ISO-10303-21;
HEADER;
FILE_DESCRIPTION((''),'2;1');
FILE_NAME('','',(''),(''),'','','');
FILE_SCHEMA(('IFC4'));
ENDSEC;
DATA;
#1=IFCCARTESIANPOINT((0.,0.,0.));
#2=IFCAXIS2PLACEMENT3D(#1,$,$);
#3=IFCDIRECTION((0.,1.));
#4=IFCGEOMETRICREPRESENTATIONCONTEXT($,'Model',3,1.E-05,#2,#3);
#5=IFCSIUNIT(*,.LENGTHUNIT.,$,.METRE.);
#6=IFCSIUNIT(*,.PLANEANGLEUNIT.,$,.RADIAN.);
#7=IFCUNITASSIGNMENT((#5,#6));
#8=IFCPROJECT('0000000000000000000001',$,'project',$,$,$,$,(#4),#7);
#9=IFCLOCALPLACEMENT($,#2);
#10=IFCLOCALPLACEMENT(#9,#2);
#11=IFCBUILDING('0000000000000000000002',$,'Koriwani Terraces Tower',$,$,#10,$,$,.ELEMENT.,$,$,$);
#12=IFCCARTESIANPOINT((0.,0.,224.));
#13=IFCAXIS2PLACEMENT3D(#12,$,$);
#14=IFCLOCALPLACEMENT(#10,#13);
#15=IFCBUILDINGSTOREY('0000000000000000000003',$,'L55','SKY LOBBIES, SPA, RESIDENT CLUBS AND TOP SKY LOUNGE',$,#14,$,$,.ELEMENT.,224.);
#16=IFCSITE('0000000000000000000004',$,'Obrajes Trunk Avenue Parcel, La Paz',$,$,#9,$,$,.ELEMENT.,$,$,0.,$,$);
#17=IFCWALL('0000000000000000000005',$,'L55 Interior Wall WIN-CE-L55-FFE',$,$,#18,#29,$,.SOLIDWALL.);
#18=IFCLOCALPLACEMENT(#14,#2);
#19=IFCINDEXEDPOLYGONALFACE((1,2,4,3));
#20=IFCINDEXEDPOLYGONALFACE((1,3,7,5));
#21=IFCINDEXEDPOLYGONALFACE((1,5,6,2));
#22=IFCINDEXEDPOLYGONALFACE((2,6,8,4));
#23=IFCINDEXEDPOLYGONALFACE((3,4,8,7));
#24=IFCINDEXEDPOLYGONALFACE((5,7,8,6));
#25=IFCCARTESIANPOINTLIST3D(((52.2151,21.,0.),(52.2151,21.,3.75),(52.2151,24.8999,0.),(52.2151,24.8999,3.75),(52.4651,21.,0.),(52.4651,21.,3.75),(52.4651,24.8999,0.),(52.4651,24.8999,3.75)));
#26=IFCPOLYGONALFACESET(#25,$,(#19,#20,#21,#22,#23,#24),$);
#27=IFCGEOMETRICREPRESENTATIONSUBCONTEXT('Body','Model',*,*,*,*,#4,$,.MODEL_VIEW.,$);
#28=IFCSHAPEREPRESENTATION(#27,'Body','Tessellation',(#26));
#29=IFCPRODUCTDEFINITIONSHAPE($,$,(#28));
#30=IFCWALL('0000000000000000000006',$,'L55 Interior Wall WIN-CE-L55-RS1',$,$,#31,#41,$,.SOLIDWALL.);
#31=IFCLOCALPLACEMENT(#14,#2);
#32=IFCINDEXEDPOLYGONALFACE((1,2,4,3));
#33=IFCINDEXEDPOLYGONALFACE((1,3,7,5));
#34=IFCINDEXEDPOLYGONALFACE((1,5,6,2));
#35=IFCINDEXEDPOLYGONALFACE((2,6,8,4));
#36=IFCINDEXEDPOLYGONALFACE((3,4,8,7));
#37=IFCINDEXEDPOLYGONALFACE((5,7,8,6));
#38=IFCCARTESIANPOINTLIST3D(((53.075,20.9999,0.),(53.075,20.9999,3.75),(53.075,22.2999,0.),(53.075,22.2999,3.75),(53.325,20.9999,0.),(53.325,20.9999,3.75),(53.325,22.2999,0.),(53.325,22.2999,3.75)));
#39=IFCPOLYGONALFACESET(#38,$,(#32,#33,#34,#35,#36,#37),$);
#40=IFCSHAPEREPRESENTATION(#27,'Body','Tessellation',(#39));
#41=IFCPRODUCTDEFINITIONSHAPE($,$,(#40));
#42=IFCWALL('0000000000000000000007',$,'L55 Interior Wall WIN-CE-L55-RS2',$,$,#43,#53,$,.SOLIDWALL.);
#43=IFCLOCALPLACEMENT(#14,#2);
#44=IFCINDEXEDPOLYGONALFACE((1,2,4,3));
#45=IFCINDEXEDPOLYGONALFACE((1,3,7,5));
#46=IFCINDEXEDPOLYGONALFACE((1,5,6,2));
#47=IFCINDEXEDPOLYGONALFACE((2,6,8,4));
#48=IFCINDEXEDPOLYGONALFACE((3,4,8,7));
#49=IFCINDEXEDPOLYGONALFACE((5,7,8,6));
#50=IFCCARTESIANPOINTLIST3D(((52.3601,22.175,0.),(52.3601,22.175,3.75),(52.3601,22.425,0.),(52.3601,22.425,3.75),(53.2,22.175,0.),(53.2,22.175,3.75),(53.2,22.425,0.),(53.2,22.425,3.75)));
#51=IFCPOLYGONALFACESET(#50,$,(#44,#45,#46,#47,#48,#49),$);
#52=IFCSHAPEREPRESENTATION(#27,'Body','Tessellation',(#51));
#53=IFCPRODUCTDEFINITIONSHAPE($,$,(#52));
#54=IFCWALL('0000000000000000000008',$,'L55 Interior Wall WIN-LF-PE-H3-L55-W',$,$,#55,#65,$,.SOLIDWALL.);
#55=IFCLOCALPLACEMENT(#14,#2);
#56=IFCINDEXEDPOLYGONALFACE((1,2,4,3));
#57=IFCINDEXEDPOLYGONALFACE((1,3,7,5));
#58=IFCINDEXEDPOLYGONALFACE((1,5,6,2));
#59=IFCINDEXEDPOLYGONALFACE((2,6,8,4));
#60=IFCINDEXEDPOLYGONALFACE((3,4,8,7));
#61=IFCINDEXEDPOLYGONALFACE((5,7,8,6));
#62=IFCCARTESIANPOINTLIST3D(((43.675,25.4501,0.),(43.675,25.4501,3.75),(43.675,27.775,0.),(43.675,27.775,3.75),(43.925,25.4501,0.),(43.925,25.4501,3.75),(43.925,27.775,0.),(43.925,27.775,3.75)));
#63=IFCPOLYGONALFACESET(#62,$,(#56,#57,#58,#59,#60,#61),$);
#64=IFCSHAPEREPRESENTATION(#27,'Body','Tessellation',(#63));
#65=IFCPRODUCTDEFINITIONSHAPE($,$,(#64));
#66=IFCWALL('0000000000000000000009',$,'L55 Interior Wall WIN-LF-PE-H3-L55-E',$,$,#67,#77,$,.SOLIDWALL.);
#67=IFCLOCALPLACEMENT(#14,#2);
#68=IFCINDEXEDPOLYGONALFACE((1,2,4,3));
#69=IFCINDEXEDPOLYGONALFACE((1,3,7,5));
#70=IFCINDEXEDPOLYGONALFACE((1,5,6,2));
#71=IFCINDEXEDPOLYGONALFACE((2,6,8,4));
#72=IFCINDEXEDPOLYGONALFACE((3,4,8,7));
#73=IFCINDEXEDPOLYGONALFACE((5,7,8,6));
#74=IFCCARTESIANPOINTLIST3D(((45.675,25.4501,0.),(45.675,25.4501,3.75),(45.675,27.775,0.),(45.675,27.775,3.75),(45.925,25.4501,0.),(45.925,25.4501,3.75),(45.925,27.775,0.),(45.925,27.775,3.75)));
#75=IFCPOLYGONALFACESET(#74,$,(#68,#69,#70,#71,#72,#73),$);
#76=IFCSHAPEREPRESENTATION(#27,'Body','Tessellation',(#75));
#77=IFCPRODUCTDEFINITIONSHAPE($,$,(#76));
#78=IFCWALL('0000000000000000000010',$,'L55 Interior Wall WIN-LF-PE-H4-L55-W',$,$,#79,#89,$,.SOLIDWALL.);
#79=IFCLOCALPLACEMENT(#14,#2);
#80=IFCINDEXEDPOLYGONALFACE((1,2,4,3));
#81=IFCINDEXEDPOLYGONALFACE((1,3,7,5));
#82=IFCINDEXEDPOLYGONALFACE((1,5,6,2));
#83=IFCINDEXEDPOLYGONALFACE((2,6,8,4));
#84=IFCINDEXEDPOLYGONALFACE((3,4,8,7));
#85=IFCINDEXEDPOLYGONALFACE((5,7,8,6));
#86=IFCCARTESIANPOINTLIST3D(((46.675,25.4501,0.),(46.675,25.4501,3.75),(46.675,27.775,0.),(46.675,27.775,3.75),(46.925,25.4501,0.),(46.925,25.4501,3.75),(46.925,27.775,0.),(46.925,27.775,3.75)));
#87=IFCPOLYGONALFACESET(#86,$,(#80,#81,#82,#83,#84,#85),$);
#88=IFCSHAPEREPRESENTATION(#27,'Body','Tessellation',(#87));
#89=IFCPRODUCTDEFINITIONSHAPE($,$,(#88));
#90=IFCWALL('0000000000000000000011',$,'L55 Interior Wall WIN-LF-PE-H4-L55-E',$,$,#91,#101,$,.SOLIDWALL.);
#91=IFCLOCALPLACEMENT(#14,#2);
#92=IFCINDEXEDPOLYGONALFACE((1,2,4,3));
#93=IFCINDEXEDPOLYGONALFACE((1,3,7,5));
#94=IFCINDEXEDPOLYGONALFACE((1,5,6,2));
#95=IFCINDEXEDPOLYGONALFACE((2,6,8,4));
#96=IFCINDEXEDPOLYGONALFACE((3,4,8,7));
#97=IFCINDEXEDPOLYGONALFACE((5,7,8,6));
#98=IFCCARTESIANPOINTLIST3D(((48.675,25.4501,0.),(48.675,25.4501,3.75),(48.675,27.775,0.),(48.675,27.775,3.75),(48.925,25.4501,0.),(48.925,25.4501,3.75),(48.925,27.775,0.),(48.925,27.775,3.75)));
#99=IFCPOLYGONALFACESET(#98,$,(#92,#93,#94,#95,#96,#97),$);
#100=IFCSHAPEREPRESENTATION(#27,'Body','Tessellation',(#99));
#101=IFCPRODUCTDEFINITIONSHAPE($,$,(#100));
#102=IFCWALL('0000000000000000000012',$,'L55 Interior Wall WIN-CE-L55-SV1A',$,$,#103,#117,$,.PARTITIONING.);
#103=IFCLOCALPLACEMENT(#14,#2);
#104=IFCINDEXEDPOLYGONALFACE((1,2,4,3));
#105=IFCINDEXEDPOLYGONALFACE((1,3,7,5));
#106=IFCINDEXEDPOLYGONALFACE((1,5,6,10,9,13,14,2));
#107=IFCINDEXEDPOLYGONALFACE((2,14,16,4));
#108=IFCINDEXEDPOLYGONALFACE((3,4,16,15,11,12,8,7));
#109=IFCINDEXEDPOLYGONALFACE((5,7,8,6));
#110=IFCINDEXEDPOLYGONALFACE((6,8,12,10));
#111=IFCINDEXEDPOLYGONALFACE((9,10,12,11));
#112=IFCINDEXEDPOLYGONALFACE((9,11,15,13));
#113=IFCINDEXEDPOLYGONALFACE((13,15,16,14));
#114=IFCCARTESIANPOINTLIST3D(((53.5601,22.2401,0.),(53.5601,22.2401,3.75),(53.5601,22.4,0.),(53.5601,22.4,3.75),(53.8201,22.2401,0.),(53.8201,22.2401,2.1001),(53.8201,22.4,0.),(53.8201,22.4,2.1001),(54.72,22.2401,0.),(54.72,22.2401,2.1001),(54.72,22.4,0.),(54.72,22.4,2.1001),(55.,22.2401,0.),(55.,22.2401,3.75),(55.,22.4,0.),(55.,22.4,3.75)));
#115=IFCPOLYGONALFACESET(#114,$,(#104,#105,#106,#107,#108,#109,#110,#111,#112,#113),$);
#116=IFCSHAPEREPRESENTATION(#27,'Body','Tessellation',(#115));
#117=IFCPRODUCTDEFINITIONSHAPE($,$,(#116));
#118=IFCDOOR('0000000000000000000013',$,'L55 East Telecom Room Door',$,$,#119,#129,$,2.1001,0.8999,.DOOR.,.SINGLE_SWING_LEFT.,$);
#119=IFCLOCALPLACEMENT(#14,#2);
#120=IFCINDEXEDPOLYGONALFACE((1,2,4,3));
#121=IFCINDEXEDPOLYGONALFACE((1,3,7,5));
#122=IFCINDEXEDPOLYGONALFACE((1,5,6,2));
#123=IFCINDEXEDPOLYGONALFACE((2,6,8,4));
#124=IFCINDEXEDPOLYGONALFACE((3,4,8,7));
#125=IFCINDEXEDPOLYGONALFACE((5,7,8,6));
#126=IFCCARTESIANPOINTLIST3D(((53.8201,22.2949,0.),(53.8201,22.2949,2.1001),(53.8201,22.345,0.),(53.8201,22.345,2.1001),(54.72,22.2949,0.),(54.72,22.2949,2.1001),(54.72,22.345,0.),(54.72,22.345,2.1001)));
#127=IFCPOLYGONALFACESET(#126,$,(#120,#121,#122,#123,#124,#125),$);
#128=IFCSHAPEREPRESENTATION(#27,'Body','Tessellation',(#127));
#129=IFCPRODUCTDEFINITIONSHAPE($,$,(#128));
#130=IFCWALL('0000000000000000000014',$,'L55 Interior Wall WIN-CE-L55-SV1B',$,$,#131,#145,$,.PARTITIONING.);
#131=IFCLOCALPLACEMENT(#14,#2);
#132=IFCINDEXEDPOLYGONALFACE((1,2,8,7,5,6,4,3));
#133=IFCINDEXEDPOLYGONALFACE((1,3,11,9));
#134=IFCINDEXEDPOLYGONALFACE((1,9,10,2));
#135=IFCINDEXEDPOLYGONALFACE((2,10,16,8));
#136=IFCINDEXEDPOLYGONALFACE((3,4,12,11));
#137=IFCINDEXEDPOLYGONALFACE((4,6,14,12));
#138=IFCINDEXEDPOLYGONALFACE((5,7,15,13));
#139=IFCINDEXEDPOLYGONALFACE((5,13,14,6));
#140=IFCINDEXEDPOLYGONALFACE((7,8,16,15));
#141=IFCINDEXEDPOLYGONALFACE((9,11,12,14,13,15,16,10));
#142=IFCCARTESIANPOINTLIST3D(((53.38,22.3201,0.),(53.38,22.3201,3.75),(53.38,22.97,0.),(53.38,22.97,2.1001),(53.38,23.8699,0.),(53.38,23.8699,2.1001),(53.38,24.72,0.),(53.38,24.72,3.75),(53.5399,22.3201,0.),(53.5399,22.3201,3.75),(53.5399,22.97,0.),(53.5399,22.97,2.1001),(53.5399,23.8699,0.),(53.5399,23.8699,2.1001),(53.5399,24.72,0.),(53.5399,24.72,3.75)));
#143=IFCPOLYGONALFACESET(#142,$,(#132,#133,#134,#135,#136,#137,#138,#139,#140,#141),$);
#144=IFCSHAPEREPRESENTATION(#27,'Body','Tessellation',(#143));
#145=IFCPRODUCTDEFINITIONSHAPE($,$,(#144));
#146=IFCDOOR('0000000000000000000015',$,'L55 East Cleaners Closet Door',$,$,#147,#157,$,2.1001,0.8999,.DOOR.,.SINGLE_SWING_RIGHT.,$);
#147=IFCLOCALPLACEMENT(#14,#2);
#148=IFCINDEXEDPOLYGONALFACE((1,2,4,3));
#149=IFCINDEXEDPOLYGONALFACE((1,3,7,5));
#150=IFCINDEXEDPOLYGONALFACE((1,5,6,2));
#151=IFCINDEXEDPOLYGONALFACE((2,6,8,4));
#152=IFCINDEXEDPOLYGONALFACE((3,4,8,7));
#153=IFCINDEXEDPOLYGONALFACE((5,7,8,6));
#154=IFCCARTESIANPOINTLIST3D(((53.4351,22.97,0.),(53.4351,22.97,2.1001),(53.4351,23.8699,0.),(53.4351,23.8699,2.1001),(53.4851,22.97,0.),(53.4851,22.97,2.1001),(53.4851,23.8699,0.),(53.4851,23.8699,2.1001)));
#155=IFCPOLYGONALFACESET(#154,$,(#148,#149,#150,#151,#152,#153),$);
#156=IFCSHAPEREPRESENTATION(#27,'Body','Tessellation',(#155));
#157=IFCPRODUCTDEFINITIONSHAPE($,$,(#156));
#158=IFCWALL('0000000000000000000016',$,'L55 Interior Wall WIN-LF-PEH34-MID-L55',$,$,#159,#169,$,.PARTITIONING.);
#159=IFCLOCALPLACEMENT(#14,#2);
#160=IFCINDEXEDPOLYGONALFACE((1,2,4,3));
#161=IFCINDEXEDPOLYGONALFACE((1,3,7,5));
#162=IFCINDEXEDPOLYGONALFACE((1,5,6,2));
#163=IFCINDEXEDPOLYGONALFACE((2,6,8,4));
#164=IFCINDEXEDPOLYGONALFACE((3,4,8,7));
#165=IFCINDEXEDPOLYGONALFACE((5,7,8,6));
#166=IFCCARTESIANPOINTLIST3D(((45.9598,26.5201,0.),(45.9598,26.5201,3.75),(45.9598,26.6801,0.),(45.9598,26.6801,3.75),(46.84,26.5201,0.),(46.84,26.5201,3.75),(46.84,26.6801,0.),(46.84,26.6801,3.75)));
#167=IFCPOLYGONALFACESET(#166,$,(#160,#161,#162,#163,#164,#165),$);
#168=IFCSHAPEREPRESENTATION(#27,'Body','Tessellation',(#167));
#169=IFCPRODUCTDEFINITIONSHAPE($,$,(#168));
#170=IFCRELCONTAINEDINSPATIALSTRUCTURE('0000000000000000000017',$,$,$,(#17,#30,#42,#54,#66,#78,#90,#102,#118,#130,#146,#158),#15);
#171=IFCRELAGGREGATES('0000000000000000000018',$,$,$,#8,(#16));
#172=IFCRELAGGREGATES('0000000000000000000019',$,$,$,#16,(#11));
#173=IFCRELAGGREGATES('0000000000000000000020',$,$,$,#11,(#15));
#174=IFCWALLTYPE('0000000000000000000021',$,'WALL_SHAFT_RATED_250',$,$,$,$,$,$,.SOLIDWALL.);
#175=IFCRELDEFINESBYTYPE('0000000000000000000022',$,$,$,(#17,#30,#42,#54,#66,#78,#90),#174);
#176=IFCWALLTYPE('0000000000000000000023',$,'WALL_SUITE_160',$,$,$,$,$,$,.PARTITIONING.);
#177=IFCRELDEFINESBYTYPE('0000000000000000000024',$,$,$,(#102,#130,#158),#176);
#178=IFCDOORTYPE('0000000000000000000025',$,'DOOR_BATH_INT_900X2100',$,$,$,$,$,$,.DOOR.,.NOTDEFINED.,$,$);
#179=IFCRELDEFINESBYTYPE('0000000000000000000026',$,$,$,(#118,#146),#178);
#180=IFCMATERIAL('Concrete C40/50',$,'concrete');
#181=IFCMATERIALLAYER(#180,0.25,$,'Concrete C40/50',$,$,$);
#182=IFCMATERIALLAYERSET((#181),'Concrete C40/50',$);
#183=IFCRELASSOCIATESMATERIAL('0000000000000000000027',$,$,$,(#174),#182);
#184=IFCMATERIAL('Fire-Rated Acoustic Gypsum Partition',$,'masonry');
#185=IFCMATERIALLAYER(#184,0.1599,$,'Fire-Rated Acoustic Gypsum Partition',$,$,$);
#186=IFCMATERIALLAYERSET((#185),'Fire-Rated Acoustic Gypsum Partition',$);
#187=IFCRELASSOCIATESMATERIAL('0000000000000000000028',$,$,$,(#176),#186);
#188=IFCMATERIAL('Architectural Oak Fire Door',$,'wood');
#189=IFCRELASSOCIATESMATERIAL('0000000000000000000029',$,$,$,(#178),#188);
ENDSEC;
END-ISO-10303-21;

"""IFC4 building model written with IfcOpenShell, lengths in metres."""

from ifc_helpers import new_model, si_unit, direction, frame, frame_2d, origin, place, context, subcontext, project, spatial, rectangle, extrude, material, layer, layer_set, type_object, element, fill, save


model = new_model("IFC4")

# Units and contexts
model_context = context("Model", 3, precision=1e-05, world=origin(), true_north=direction((0.0, 1.0)))
body_context = subcontext(model_context, "Body", "Model", "MODEL_VIEW")
ifc_project = project(units=[si_unit("LENGTHUNIT", "METRE"), si_unit("PLANEANGLEUNIT", "RADIAN")], contexts=[model_context])

# Site, building, storey
site_placement = place(None, origin())
site = spatial("IfcSite", under=ifc_project, at=site_placement, Name="Obrajes Trunk Avenue Parcel, La Paz", CompositionType="ELEMENT", RefElevation=0.0)
building_placement = place(site_placement, origin())
building = spatial("IfcBuilding", under=site, at=building_placement, Name="Koriwani Terraces Tower", CompositionType="ELEMENT")
storey_placement = place(building_placement, frame((0.0, 0.0, 224.0)))
storey = spatial("IfcBuildingStorey", under=building, at=storey_placement, Name="L55", Description="SKY LOBBIES, SPA, RESIDENT CLUBS AND TOP SKY LOUNGE", CompositionType="ELEMENT", Elevation=224.0)

# Shared definitions
ifc_material_1 = material(Name="Concrete C40/50", Category="concrete")
ifc_layer_1 = layer(ifc_material_1, 0.25, Name="Concrete C40/50")
ifc_layer_set_1 = layer_set([ifc_layer_1], Name="Concrete C40/50")
wall_type_1 = type_object("IfcWallType", Name="WALL_SHAFT_RATED_250", PredefinedType="SOLIDWALL", material=ifc_layer_set_1)

# Wall
wall_1_placement = place(storey_placement, frame((52.3401, 21.0, 0.0), z_axis=(0.0, 0.0, 1.0), x_axis=(0.0, 1.0, 0.0)))
element("IfcWall", 1, at=wall_1_placement, inside=storey, type_object=wall_type_1, Name="L55 Interior Wall WIN-CE-L55-FFE", PredefinedType="SOLIDWALL", context=body_context, shape_type="SweptSolid", body=[
    extrude(rectangle(XDim=3.8999, YDim=0.25, at=frame_2d((1.95, 0.0))), origin(), (0.0, 0.0, 1.0), 3.75),
])

# Walls
wall_2_placement = place(storey_placement, frame((53.2, 21.0, 0.0), z_axis=(0.0, 0.0, 1.0), x_axis=(0.0, 1.0, 0.0)))
element("IfcWall", 2, at=wall_2_placement, inside=storey, type_object=wall_type_1, Name="L55 Interior Wall WIN-CE-L55-RS1", PredefinedType="SOLIDWALL", context=body_context, shape_type="SweptSolid", body=[
    extrude(rectangle(XDim=1.3, YDim=0.25, at=frame_2d((0.6499, 0.0))), origin(), (0.0, 0.0, 1.0), 3.75),
])
wall_3_placement = place(storey_placement, frame((52.3601, 22.3, 0.0), z_axis=(0.0, 0.0, 1.0), x_axis=(1.0, 0.0, 0.0)))
element("IfcWall", 3, at=wall_3_placement, inside=storey, type_object=wall_type_1, Name="L55 Interior Wall WIN-CE-L55-RS2", PredefinedType="SOLIDWALL", context=body_context, shape_type="SweptSolid", body=[
    extrude(rectangle(XDim=0.8398, YDim=0.25, at=frame_2d((0.4199, 0.0))), origin(), (0.0, 0.0, 1.0), 3.75),
])
for number, where, z_axis, x_axis, name in (
    (4, (43.8, 25.45, 0.0), (0.0, 0.0, 1.0), (0.0, 1.0, 0.0), "L55 Interior Wall WIN-LF-PE-H3-L55-W"),
    (5, (45.8, 25.45, 0.0), (0.0, 0.0, 1.0), (0.0, 1.0, 0.0), "L55 Interior Wall WIN-LF-PE-H3-L55-E"),
    (6, (46.8, 25.45, 0.0), (0.0, 0.0, 1.0), (0.0, 1.0, 0.0), "L55 Interior Wall WIN-LF-PE-H4-L55-W"),
    (7, (48.8, 25.45, 0.0), (0.0, 0.0, 1.0), (0.0, 1.0, 0.0), "L55 Interior Wall WIN-LF-PE-H4-L55-E"),
):
    element("IfcWall", number, at=place(storey_placement, frame(where, z_axis=z_axis, x_axis=x_axis)), inside=storey, type_object=wall_type_1, Name=name, PredefinedType="SOLIDWALL", context=body_context, shape_type="SweptSolid", body=[
        extrude(rectangle(XDim=2.325, YDim=0.25, at=frame_2d((1.1626, 0.0))), origin(), (0.0, 0.0, 1.0), 3.75),
    ])

# Walls, openings, doors
ifc_material_2 = material(Name="Fire-Rated Acoustic Gypsum Partition", Category="masonry")
ifc_layer_2 = layer(ifc_material_2, 0.1599, Name="Fire-Rated Acoustic Gypsum Partition")
ifc_layer_set_2 = layer_set([ifc_layer_2], Name="Fire-Rated Acoustic Gypsum Partition")
wall_type_2 = type_object("IfcWallType", Name="WALL_SUITE_160", PredefinedType="PARTITIONING", material=ifc_layer_set_2)
wall_4_placement = place(storey_placement, frame((53.5601, 22.3201, 0.0), z_axis=(0.0, 0.0, 1.0), x_axis=(1.0, 0.0, 0.0)))
wall_4 = element("IfcWall", 8, at=wall_4_placement, inside=storey, type_object=wall_type_2, Name="L55 Interior Wall WIN-CE-L55-SV1A", PredefinedType="PARTITIONING", context=body_context, shape_type="SweptSolid", body=[
    extrude(rectangle(XDim=1.4399, YDim=0.1599, at=frame_2d((0.72, 0.0))), origin(), (0.0, 0.0, 1.0), 3.75),
])
opening_1_placement = place(wall_4_placement, frame((0.26, 0.0, 0.0)))
opening_1 = element("IfcOpeningElement", 9, at=opening_1_placement, cuts=wall_4, PredefinedType="OPENING", context=body_context, shape_type="SweptSolid", body=[
    extrude(rectangle(XDim=0.8999, YDim=2.1001, at=frame_2d((0.45, 1.05))), frame((0.0, 0.0898, 0.0), z_axis=(0.0, -1.0, 0.0), x_axis=(1.0, 0.0, 0.0)), (0.0, 0.0, 1.0), 0.1799),
])
ifc_material_3 = material(Name="Architectural Oak Fire Door", Category="wood")
door_type_1 = type_object("IfcDoorType", Name="DOOR_BATH_INT_900X2100", OperationType="NOTDEFINED", PredefinedType="DOOR", material=ifc_material_3)
door_1_placement = place(opening_1_placement, origin())
door_1 = element("IfcDoor", 10, at=door_1_placement, inside=storey, type_object=door_type_1, Name="L55 East Telecom Room Door", OperationType="SINGLE_SWING_LEFT", OverallHeight=2.1001, OverallWidth=0.8999, PredefinedType="DOOR", context=body_context, shape_type="SweptSolid", body=[
    extrude(rectangle(XDim=0.8999, YDim=2.1001, at=frame_2d((0.45, 1.05))), frame((0.0, 0.0249, 0.0), z_axis=(0.0, -1.0, 0.0), x_axis=(1.0, 0.0, 0.0)), (0.0, 0.0, 1.0), 0.05),
])
fill(opening_1, door_1)
wall_5_placement = place(storey_placement, frame((53.46, 22.3201, 0.0), z_axis=(0.0, 0.0, 1.0), x_axis=(0.0, 1.0, 0.0)))
wall_5 = element("IfcWall", 11, at=wall_5_placement, inside=storey, type_object=wall_type_2, Name="L55 Interior Wall WIN-CE-L55-SV1B", PredefinedType="PARTITIONING", context=body_context, shape_type="SweptSolid", body=[
    extrude(rectangle(XDim=2.3999, YDim=0.1599, at=frame_2d((1.2, 0.0))), origin(), (0.0, 0.0, 1.0), 3.75),
])
opening_2_placement = place(wall_5_placement, frame((0.6499, 0.0, 0.0)))
opening_2 = element("IfcOpeningElement", 12, at=opening_2_placement, cuts=wall_5, PredefinedType="OPENING", context=body_context, shape_type="SweptSolid", body=[
    extrude(rectangle(XDim=0.8999, YDim=2.1001, at=frame_2d((0.45, 1.05))), frame((0.0, 0.0898, 0.0), z_axis=(0.0, -1.0, 0.0), x_axis=(1.0, 0.0, 0.0)), (0.0, 0.0, 1.0), 0.1799),
])
door_2_placement = place(opening_2_placement, origin())
door_2 = element("IfcDoor", 13, at=door_2_placement, inside=storey, type_object=door_type_1, Name="L55 East Cleaners Closet Door", OperationType="SINGLE_SWING_RIGHT", OverallHeight=2.1001, OverallWidth=0.8999, PredefinedType="DOOR", context=body_context, shape_type="SweptSolid", body=[
    extrude(rectangle(XDim=0.8999, YDim=2.1001, at=frame_2d((0.45, 1.05))), frame((0.0, 0.0249, 0.0), z_axis=(0.0, -1.0, 0.0), x_axis=(1.0, 0.0, 0.0)), (0.0, 0.0, 1.0), 0.05),
])
fill(opening_2, door_2)

# Wall
wall_6_placement = place(storey_placement, frame((45.96, 26.6001, 0.0), z_axis=(0.0, 0.0, 1.0), x_axis=(1.0, 0.0, 0.0)))
element("IfcWall", 14, at=wall_6_placement, inside=storey, type_object=wall_type_2, Name="L55 Interior Wall WIN-LF-PEH34-MID-L55", PredefinedType="PARTITIONING", context=body_context, shape_type="SweptSolid", body=[
    extrude(rectangle(XDim=0.8801, YDim=0.1599, at=frame_2d((0.4399, 0.0))), origin(), (0.0, 0.0, 1.0), 3.75),
])

save(model, "model.ifc")
